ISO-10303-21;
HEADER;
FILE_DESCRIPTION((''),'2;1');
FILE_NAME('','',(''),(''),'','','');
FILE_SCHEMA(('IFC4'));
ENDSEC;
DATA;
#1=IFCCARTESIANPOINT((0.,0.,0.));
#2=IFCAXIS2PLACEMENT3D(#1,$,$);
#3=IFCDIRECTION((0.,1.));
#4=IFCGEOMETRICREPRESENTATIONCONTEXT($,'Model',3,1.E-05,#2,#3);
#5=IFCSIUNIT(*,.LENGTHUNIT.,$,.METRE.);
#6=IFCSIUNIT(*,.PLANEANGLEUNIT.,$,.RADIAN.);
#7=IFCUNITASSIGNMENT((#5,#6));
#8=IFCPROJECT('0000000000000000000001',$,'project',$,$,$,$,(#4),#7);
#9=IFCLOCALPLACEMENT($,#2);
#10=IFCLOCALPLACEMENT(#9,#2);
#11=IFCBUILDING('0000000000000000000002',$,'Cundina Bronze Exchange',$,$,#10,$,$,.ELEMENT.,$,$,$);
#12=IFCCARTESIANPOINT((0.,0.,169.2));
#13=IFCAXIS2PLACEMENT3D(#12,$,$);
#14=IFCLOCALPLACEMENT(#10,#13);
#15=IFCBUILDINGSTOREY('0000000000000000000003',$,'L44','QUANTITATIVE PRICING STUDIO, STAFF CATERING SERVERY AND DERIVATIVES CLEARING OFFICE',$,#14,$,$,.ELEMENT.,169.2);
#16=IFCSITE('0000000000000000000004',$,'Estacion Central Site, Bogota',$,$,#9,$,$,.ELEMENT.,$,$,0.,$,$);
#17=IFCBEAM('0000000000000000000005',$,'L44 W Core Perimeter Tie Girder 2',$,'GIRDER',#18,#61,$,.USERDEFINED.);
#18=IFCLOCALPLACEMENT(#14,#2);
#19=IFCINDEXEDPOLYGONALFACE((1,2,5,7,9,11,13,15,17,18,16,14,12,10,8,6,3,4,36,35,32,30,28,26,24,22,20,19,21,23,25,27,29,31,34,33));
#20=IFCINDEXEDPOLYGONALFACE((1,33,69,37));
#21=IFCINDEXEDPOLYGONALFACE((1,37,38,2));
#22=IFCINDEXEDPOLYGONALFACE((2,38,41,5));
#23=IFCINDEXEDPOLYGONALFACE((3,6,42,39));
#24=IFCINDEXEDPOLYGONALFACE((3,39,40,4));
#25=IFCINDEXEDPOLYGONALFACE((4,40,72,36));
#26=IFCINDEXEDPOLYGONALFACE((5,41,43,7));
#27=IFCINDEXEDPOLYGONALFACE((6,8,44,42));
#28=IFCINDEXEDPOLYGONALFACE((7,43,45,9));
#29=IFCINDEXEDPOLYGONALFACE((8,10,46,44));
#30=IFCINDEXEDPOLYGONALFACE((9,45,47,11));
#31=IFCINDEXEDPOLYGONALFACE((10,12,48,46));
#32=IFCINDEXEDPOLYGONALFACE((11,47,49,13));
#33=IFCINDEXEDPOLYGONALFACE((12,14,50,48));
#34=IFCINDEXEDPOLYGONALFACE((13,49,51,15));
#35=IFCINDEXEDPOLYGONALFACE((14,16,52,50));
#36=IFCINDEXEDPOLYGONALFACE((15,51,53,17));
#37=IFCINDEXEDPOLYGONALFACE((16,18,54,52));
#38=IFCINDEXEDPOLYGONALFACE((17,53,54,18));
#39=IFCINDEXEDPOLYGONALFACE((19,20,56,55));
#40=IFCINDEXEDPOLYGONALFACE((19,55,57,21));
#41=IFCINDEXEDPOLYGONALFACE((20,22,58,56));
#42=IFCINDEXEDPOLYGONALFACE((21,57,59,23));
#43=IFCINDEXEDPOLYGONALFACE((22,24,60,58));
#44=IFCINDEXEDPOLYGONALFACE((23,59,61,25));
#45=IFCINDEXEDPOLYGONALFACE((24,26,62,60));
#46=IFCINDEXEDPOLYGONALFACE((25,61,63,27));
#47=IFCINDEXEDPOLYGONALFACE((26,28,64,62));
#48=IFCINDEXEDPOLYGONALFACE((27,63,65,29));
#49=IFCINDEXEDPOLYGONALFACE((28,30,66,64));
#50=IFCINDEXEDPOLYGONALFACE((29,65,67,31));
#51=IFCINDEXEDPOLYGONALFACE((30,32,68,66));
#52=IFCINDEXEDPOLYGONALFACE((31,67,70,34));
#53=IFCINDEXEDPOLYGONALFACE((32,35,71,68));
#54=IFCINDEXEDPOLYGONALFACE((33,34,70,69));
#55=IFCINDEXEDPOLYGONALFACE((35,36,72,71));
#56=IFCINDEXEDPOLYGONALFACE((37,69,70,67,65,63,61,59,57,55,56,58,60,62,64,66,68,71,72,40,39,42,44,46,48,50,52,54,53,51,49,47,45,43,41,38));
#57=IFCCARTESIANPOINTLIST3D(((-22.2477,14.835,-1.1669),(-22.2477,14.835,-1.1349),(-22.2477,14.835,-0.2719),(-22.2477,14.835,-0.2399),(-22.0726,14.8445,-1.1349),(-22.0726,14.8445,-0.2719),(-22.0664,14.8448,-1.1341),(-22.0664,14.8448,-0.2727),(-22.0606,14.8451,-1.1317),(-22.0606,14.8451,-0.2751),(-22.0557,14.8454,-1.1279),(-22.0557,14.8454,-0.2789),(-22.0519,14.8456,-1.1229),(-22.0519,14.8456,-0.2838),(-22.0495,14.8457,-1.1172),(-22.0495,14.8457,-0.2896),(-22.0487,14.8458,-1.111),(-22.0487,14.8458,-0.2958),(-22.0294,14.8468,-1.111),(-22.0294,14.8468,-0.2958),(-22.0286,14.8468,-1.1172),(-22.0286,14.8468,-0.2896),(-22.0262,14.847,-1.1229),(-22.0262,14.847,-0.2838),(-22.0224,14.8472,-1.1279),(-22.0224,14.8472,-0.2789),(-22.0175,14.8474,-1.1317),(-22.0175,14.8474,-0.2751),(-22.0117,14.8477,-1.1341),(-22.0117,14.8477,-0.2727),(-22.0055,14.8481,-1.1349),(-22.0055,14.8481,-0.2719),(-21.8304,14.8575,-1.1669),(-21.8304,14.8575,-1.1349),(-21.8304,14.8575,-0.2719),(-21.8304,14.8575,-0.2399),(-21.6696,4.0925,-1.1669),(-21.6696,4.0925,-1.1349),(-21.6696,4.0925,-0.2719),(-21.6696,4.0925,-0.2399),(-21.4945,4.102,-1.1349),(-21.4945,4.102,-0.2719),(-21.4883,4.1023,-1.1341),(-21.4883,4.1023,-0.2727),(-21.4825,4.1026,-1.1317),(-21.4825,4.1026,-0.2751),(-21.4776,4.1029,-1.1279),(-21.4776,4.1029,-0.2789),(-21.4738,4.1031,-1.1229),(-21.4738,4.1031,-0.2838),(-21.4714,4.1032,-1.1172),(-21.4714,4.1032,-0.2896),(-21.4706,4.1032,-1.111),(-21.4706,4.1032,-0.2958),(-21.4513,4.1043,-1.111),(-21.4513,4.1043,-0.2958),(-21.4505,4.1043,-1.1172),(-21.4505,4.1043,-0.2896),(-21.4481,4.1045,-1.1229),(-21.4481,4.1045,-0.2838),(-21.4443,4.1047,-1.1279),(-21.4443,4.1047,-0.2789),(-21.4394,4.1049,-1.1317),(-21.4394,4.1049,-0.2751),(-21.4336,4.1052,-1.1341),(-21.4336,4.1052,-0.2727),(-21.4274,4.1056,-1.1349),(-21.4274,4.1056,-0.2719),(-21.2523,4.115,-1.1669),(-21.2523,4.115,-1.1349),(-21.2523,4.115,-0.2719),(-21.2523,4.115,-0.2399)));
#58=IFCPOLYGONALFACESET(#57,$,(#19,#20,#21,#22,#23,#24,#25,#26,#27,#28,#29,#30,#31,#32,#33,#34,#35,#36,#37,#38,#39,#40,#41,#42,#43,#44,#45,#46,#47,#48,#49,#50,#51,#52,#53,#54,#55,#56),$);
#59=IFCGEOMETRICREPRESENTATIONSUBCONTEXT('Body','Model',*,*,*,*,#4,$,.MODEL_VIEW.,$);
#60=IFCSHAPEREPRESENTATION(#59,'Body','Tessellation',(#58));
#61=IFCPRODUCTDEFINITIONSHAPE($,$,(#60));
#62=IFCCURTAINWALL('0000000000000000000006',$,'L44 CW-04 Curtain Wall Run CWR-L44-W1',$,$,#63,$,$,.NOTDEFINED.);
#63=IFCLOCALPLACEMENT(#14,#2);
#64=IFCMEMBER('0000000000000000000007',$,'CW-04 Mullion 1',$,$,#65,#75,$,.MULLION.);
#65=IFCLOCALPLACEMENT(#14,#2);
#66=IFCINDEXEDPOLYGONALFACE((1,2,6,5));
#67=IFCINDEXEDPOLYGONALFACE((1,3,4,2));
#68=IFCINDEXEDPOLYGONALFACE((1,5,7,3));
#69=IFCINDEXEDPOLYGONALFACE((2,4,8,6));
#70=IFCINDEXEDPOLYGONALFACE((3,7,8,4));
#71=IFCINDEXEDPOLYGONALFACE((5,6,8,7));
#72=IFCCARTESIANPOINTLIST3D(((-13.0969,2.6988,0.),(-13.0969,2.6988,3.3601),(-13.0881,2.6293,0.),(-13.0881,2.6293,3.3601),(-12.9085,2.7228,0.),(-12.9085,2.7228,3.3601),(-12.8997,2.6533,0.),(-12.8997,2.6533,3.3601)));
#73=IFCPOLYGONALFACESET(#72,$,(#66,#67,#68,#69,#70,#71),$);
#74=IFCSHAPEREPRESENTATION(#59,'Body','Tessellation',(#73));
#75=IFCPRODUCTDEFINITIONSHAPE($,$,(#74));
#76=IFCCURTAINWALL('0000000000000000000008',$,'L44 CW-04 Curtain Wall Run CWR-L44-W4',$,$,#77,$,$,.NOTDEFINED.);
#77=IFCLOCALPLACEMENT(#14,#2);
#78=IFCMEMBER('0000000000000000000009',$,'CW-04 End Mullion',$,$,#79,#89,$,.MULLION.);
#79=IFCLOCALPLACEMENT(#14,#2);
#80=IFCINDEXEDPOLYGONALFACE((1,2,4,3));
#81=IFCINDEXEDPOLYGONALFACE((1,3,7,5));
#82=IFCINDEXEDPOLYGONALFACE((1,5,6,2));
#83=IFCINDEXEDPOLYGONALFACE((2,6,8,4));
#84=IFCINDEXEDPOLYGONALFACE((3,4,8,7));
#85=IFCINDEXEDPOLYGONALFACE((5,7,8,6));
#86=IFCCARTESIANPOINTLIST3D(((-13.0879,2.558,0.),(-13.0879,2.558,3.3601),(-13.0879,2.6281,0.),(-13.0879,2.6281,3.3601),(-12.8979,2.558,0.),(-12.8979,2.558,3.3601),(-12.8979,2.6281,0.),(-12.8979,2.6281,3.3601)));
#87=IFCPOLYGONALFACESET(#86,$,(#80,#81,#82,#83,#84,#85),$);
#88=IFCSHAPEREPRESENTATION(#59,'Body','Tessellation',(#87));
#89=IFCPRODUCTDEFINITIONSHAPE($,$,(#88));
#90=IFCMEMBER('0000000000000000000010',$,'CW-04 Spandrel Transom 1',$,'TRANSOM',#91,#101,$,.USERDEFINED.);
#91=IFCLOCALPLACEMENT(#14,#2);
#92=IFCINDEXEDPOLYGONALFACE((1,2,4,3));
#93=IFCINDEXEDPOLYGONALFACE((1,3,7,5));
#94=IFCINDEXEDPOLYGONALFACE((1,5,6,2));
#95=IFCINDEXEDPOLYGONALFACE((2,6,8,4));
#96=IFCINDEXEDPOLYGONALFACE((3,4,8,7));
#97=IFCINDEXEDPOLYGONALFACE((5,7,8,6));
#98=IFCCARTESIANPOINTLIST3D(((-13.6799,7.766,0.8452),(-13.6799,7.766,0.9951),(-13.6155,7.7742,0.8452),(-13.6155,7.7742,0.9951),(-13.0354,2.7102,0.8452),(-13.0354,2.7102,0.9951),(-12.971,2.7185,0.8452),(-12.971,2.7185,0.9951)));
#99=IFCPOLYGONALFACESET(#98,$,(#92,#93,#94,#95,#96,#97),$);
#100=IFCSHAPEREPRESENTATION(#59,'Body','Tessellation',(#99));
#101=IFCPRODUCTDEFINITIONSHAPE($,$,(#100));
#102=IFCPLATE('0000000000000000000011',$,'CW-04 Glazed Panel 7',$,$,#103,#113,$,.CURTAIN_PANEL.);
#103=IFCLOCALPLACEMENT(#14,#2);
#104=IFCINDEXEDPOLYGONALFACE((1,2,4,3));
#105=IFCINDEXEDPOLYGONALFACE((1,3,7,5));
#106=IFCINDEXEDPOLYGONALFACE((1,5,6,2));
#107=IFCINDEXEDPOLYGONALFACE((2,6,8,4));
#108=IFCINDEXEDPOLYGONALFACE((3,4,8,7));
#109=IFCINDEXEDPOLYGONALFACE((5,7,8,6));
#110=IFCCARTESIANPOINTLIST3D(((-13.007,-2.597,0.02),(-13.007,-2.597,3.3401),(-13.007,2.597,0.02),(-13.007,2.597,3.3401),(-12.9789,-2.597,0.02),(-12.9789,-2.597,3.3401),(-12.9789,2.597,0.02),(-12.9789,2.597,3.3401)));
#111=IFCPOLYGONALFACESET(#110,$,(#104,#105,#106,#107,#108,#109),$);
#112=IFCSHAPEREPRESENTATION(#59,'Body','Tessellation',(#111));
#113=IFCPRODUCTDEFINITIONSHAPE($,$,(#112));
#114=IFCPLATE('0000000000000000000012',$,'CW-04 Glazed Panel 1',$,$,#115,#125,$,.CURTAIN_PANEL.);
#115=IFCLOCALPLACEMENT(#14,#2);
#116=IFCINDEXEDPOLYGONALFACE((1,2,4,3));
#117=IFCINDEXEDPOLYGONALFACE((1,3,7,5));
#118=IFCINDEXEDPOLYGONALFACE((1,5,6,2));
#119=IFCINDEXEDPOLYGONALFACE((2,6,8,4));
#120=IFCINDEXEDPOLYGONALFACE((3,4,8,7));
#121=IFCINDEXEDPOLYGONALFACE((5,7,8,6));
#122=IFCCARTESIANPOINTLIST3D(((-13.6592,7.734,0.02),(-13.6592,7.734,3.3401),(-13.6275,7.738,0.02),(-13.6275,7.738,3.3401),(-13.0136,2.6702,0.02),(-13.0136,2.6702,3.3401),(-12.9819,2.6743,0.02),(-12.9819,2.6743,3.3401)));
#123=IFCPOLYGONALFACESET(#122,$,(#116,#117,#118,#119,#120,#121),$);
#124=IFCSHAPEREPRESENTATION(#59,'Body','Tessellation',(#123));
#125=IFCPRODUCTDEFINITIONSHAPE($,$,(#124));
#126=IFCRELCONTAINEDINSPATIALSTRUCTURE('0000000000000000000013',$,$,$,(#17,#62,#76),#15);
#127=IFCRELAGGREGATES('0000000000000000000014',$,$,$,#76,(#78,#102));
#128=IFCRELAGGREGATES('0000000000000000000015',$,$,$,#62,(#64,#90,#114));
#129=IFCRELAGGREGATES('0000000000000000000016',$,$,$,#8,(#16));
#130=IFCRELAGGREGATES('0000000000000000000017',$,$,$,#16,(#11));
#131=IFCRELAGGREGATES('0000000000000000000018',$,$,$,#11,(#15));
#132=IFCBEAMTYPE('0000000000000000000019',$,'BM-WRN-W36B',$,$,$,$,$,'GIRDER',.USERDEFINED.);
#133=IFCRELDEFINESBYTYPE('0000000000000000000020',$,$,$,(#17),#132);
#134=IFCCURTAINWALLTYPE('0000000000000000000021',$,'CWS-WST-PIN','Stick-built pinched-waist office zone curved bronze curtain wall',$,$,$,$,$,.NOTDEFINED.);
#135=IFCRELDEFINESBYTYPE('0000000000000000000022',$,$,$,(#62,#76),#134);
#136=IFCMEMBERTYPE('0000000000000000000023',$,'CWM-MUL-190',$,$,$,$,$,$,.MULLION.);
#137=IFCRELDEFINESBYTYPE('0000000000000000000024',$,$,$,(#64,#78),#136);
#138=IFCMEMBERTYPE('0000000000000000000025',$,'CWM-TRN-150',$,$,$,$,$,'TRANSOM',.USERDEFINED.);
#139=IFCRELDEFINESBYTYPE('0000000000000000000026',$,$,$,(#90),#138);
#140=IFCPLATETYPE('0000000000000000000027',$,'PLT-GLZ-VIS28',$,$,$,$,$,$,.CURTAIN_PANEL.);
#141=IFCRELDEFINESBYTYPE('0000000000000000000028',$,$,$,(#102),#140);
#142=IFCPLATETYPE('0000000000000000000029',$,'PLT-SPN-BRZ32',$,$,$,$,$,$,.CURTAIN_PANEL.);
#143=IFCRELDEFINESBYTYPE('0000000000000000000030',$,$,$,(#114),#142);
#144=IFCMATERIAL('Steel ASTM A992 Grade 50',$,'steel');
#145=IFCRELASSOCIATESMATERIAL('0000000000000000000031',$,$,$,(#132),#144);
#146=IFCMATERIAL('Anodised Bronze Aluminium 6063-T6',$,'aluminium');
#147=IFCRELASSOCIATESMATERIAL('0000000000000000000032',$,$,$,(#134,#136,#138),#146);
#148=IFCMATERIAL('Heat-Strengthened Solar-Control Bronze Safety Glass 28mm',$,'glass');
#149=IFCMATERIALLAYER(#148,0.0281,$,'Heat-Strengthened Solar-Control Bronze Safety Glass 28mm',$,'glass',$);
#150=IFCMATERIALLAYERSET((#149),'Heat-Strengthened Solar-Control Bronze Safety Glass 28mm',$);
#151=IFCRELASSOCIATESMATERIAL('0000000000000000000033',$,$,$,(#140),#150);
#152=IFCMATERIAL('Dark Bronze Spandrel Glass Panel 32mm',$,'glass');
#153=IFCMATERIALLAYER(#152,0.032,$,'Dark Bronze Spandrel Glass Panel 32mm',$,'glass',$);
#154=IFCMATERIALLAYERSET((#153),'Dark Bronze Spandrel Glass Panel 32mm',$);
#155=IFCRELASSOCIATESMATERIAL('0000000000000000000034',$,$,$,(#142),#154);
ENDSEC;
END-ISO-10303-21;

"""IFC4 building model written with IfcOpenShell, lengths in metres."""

from ifc_helpers import new_model, si_unit, direction, frame, origin, origin_2d, place, context, subcontext, project, spatial, rectangle, i_section, extrude, material, layer, layer_set, material_profile, profile_set, type_object, element, aggregate, save


model = new_model("IFC4")

# Units and contexts
model_context = context("Model", 3, precision=1e-05, world=origin(), true_north=direction((0.0, 1.0)))
body_context = subcontext(model_context, "Body", "Model", "MODEL_VIEW")
ifc_project = project(units=[si_unit("LENGTHUNIT", "METRE"), si_unit("PLANEANGLEUNIT", "RADIAN")], contexts=[model_context])

# Site, building, storey
site_placement = place(None, origin())
site = spatial("IfcSite", under=ifc_project, at=site_placement, Name="Estacion Central Site, Bogota", CompositionType="ELEMENT", RefElevation=0.0)
building_placement = place(site_placement, origin())
building = spatial("IfcBuilding", under=site, at=building_placement, Name="Cundina Bronze Exchange", CompositionType="ELEMENT")
storey_placement = place(building_placement, frame((0.0, 0.0, 169.2)))
storey = spatial("IfcBuildingStorey", under=building, at=storey_placement, Name="L44", Description="QUANTITATIVE PRICING STUDIO, STAFF CATERING SERVERY AND DERIVATIVES CLEARING OFFICE", CompositionType="ELEMENT", Elevation=169.2)

# Shared definitions
ifc_material_1 = material(Name="Steel ASTM A992 Grade 50", Category="steel")

# Beam
ifc_material_profile_1 = material_profile(ifc_material_1, i_section(OverallWidth=0.418, OverallDepth=0.927, WebThickness=0.0193, FlangeThickness=0.032, FilletRadius=0.0239, at=origin_2d()), Name="W36X231", Category="steel")
ifc_profile_set_1 = profile_set([ifc_material_profile_1], Name="Steel ASTM A992 Grade 50")
beam_type_1 = type_object("IfcBeamType", Name="BM-WRN-W36B", ElementType="GIRDER", PredefinedType="USERDEFINED", material=ifc_profile_set_1)
beam_1_placement = place(storey_placement, frame((-21.4609, 4.1038, -0.7034), z_axis=(-0.053739, 0.998555, 0.0), x_axis=(-0.998555, -0.053739, 0.0)))
element("IfcBeam", 1, at=beam_1_placement, inside=storey, type_object=beam_type_1, Name="L44 W Core Perimeter Tie Girder 2", ObjectType="GIRDER", PredefinedType="USERDEFINED", context=body_context, shape_type="SweptSolid", body=[
    extrude(i_section(OverallWidth=0.418, OverallDepth=0.927, WebThickness=0.0193, FlangeThickness=0.032, FilletRadius=0.0239, at=origin_2d()), origin(), (0.0, 0.0, 1.0), 10.7581),
])

# Curtain walls, members
ifc_material_2 = material(Name="Anodised Bronze Aluminium 6063-T6", Category="aluminium")
curtain_wall_type = type_object("IfcCurtainWallType", Name="CWS-WST-PIN", Description="Stick-built pinched-waist office zone curved bronze curtain wall", PredefinedType="NOTDEFINED", material=ifc_material_2)
curtain_wall_1_placement = place(storey_placement, origin())
curtain_wall_1 = element("IfcCurtainWall", 2, at=curtain_wall_1_placement, inside=storey, type_object=curtain_wall_type, Name="L44 CW-04 Curtain Wall Run CWR-L44-W1", PredefinedType="NOTDEFINED")
ifc_material_profile_2 = material_profile(ifc_material_2, rectangle(XDim=0.0701, YDim=0.1899, at=origin_2d()), Name="AL70X190", Category="aluminium")
ifc_profile_set_2 = profile_set([ifc_material_profile_2], Name="Anodised Bronze Aluminium 6063-T6")
member_type_1 = type_object("IfcMemberType", Name="CWM-MUL-190", PredefinedType="MULLION", material=ifc_profile_set_2)
member_1_placement = place(storey_placement, frame((-12.9983, 2.676, 0.0), z_axis=(0.0, 0.0, 1.0), x_axis=(-0.126545, 0.991961, 0.0)))
member_1 = element("IfcMember", 3, at=member_1_placement, type_object=member_type_1, Name="CW-04 Mullion 1", PredefinedType="MULLION", context=body_context, shape_type="SweptSolid", body=[
    extrude(rectangle(XDim=0.0701, YDim=0.1899, at=origin_2d()), origin(), (0.0, 0.0, 1.0), 3.3601),
])
curtain_wall_2_placement = place(storey_placement, origin())
curtain_wall_2 = element("IfcCurtainWall", 4, at=curtain_wall_2_placement, inside=storey, type_object=curtain_wall_type, Name="L44 CW-04 Curtain Wall Run CWR-L44-W4", PredefinedType="NOTDEFINED")
member_2_placement = place(storey_placement, frame((-12.9929, 2.593, 0.0), z_axis=(0.0, 0.0, 1.0), x_axis=(0.0, 1.0, 0.0)))
member_2 = element("IfcMember", 5, at=member_2_placement, type_object=member_type_1, Name="CW-04 End Mullion", PredefinedType="MULLION", context=body_context, shape_type="SweptSolid", body=[
    extrude(rectangle(XDim=0.0701, YDim=0.1899, at=origin_2d()), origin(), (0.0, 0.0, 1.0), 3.3601),
])

# Member
ifc_material_profile_3 = material_profile(ifc_material_2, rectangle(XDim=0.0649, YDim=0.1499, at=origin_2d()), Name="AL65X150", Category="aluminium")
ifc_profile_set_3 = profile_set([ifc_material_profile_3], Name="Anodised Bronze Aluminium 6063-T6")
member_type_2 = type_object("IfcMemberType", Name="CWM-TRN-150", ElementType="TRANSOM", PredefinedType="USERDEFINED", material=ifc_profile_set_3)
member_3_placement = place(storey_placement, frame((-13.0032, 2.7144, 0.9202), z_axis=(-0.126463, 0.991971, 0.0), x_axis=(-0.991971, -0.126463, 0.0)))
member_3 = element("IfcMember", 6, at=member_3_placement, type_object=member_type_2, Name="CW-04 Spandrel Transom 1", ObjectType="TRANSOM", PredefinedType="USERDEFINED", context=body_context, shape_type="SweptSolid", body=[
    extrude(rectangle(XDim=0.0649, YDim=0.1499, at=origin_2d()), origin(), (0.0, 0.0, 1.0), 5.0967),
])

# Plates
ifc_material_3 = material(Name="Heat-Strengthened Solar-Control Bronze Safety Glass 28mm", Category="glass")
ifc_layer_1 = layer(ifc_material_3, 0.0281, Name="Heat-Strengthened Solar-Control Bronze Safety Glass 28mm", Category="glass")
ifc_layer_set_1 = layer_set([ifc_layer_1], Name="Heat-Strengthened Solar-Control Bronze Safety Glass 28mm")
plate_type_1 = type_object("IfcPlateType", Name="PLT-GLZ-VIS28", PredefinedType="CURTAIN_PANEL", material=ifc_layer_set_1)
plate_1_placement = place(storey_placement, frame((-12.9929, 0.0, 0.02), z_axis=(0.0, 0.0, 1.0), x_axis=(0.0, 1.0, 0.0)))
plate_1 = element("IfcPlate", 7, at=plate_1_placement, type_object=plate_type_1, Name="CW-04 Glazed Panel 7", PredefinedType="CURTAIN_PANEL", context=body_context, shape_type="SweptSolid", body=[
    extrude(rectangle(XDim=5.1941, YDim=0.0281, at=origin_2d()), origin(), (0.0, 0.0, 1.0), 3.3201),
])
aggregate(curtain_wall_2, [member_2, plate_1])
ifc_material_4 = material(Name="Dark Bronze Spandrel Glass Panel 32mm", Category="glass")
ifc_layer_2 = layer(ifc_material_4, 0.032, Name="Dark Bronze Spandrel Glass Panel 32mm", Category="glass")
ifc_layer_set_2 = layer_set([ifc_layer_2], Name="Dark Bronze Spandrel Glass Panel 32mm")
plate_type_2 = type_object("IfcPlateType", Name="PLT-SPN-BRZ32", PredefinedType="CURTAIN_PANEL", material=ifc_layer_set_2)
plate_2_placement = place(storey_placement, frame((-13.3206, 5.2041, 0.02), z_axis=(0.0, 0.0, 1.0), x_axis=(-0.126476, 0.99197, 0.0)))
plate_2 = element("IfcPlate", 8, at=plate_2_placement, type_object=plate_type_2, Name="CW-04 Glazed Panel 1", PredefinedType="CURTAIN_PANEL", context=body_context, shape_type="SweptSolid", body=[
    extrude(rectangle(XDim=5.1047, YDim=0.032, at=origin_2d()), origin(), (0.0, 0.0, 1.0), 3.3201),
])
aggregate(curtain_wall_1, [member_1, member_3, plate_2])

save(model, "model.ifc")
